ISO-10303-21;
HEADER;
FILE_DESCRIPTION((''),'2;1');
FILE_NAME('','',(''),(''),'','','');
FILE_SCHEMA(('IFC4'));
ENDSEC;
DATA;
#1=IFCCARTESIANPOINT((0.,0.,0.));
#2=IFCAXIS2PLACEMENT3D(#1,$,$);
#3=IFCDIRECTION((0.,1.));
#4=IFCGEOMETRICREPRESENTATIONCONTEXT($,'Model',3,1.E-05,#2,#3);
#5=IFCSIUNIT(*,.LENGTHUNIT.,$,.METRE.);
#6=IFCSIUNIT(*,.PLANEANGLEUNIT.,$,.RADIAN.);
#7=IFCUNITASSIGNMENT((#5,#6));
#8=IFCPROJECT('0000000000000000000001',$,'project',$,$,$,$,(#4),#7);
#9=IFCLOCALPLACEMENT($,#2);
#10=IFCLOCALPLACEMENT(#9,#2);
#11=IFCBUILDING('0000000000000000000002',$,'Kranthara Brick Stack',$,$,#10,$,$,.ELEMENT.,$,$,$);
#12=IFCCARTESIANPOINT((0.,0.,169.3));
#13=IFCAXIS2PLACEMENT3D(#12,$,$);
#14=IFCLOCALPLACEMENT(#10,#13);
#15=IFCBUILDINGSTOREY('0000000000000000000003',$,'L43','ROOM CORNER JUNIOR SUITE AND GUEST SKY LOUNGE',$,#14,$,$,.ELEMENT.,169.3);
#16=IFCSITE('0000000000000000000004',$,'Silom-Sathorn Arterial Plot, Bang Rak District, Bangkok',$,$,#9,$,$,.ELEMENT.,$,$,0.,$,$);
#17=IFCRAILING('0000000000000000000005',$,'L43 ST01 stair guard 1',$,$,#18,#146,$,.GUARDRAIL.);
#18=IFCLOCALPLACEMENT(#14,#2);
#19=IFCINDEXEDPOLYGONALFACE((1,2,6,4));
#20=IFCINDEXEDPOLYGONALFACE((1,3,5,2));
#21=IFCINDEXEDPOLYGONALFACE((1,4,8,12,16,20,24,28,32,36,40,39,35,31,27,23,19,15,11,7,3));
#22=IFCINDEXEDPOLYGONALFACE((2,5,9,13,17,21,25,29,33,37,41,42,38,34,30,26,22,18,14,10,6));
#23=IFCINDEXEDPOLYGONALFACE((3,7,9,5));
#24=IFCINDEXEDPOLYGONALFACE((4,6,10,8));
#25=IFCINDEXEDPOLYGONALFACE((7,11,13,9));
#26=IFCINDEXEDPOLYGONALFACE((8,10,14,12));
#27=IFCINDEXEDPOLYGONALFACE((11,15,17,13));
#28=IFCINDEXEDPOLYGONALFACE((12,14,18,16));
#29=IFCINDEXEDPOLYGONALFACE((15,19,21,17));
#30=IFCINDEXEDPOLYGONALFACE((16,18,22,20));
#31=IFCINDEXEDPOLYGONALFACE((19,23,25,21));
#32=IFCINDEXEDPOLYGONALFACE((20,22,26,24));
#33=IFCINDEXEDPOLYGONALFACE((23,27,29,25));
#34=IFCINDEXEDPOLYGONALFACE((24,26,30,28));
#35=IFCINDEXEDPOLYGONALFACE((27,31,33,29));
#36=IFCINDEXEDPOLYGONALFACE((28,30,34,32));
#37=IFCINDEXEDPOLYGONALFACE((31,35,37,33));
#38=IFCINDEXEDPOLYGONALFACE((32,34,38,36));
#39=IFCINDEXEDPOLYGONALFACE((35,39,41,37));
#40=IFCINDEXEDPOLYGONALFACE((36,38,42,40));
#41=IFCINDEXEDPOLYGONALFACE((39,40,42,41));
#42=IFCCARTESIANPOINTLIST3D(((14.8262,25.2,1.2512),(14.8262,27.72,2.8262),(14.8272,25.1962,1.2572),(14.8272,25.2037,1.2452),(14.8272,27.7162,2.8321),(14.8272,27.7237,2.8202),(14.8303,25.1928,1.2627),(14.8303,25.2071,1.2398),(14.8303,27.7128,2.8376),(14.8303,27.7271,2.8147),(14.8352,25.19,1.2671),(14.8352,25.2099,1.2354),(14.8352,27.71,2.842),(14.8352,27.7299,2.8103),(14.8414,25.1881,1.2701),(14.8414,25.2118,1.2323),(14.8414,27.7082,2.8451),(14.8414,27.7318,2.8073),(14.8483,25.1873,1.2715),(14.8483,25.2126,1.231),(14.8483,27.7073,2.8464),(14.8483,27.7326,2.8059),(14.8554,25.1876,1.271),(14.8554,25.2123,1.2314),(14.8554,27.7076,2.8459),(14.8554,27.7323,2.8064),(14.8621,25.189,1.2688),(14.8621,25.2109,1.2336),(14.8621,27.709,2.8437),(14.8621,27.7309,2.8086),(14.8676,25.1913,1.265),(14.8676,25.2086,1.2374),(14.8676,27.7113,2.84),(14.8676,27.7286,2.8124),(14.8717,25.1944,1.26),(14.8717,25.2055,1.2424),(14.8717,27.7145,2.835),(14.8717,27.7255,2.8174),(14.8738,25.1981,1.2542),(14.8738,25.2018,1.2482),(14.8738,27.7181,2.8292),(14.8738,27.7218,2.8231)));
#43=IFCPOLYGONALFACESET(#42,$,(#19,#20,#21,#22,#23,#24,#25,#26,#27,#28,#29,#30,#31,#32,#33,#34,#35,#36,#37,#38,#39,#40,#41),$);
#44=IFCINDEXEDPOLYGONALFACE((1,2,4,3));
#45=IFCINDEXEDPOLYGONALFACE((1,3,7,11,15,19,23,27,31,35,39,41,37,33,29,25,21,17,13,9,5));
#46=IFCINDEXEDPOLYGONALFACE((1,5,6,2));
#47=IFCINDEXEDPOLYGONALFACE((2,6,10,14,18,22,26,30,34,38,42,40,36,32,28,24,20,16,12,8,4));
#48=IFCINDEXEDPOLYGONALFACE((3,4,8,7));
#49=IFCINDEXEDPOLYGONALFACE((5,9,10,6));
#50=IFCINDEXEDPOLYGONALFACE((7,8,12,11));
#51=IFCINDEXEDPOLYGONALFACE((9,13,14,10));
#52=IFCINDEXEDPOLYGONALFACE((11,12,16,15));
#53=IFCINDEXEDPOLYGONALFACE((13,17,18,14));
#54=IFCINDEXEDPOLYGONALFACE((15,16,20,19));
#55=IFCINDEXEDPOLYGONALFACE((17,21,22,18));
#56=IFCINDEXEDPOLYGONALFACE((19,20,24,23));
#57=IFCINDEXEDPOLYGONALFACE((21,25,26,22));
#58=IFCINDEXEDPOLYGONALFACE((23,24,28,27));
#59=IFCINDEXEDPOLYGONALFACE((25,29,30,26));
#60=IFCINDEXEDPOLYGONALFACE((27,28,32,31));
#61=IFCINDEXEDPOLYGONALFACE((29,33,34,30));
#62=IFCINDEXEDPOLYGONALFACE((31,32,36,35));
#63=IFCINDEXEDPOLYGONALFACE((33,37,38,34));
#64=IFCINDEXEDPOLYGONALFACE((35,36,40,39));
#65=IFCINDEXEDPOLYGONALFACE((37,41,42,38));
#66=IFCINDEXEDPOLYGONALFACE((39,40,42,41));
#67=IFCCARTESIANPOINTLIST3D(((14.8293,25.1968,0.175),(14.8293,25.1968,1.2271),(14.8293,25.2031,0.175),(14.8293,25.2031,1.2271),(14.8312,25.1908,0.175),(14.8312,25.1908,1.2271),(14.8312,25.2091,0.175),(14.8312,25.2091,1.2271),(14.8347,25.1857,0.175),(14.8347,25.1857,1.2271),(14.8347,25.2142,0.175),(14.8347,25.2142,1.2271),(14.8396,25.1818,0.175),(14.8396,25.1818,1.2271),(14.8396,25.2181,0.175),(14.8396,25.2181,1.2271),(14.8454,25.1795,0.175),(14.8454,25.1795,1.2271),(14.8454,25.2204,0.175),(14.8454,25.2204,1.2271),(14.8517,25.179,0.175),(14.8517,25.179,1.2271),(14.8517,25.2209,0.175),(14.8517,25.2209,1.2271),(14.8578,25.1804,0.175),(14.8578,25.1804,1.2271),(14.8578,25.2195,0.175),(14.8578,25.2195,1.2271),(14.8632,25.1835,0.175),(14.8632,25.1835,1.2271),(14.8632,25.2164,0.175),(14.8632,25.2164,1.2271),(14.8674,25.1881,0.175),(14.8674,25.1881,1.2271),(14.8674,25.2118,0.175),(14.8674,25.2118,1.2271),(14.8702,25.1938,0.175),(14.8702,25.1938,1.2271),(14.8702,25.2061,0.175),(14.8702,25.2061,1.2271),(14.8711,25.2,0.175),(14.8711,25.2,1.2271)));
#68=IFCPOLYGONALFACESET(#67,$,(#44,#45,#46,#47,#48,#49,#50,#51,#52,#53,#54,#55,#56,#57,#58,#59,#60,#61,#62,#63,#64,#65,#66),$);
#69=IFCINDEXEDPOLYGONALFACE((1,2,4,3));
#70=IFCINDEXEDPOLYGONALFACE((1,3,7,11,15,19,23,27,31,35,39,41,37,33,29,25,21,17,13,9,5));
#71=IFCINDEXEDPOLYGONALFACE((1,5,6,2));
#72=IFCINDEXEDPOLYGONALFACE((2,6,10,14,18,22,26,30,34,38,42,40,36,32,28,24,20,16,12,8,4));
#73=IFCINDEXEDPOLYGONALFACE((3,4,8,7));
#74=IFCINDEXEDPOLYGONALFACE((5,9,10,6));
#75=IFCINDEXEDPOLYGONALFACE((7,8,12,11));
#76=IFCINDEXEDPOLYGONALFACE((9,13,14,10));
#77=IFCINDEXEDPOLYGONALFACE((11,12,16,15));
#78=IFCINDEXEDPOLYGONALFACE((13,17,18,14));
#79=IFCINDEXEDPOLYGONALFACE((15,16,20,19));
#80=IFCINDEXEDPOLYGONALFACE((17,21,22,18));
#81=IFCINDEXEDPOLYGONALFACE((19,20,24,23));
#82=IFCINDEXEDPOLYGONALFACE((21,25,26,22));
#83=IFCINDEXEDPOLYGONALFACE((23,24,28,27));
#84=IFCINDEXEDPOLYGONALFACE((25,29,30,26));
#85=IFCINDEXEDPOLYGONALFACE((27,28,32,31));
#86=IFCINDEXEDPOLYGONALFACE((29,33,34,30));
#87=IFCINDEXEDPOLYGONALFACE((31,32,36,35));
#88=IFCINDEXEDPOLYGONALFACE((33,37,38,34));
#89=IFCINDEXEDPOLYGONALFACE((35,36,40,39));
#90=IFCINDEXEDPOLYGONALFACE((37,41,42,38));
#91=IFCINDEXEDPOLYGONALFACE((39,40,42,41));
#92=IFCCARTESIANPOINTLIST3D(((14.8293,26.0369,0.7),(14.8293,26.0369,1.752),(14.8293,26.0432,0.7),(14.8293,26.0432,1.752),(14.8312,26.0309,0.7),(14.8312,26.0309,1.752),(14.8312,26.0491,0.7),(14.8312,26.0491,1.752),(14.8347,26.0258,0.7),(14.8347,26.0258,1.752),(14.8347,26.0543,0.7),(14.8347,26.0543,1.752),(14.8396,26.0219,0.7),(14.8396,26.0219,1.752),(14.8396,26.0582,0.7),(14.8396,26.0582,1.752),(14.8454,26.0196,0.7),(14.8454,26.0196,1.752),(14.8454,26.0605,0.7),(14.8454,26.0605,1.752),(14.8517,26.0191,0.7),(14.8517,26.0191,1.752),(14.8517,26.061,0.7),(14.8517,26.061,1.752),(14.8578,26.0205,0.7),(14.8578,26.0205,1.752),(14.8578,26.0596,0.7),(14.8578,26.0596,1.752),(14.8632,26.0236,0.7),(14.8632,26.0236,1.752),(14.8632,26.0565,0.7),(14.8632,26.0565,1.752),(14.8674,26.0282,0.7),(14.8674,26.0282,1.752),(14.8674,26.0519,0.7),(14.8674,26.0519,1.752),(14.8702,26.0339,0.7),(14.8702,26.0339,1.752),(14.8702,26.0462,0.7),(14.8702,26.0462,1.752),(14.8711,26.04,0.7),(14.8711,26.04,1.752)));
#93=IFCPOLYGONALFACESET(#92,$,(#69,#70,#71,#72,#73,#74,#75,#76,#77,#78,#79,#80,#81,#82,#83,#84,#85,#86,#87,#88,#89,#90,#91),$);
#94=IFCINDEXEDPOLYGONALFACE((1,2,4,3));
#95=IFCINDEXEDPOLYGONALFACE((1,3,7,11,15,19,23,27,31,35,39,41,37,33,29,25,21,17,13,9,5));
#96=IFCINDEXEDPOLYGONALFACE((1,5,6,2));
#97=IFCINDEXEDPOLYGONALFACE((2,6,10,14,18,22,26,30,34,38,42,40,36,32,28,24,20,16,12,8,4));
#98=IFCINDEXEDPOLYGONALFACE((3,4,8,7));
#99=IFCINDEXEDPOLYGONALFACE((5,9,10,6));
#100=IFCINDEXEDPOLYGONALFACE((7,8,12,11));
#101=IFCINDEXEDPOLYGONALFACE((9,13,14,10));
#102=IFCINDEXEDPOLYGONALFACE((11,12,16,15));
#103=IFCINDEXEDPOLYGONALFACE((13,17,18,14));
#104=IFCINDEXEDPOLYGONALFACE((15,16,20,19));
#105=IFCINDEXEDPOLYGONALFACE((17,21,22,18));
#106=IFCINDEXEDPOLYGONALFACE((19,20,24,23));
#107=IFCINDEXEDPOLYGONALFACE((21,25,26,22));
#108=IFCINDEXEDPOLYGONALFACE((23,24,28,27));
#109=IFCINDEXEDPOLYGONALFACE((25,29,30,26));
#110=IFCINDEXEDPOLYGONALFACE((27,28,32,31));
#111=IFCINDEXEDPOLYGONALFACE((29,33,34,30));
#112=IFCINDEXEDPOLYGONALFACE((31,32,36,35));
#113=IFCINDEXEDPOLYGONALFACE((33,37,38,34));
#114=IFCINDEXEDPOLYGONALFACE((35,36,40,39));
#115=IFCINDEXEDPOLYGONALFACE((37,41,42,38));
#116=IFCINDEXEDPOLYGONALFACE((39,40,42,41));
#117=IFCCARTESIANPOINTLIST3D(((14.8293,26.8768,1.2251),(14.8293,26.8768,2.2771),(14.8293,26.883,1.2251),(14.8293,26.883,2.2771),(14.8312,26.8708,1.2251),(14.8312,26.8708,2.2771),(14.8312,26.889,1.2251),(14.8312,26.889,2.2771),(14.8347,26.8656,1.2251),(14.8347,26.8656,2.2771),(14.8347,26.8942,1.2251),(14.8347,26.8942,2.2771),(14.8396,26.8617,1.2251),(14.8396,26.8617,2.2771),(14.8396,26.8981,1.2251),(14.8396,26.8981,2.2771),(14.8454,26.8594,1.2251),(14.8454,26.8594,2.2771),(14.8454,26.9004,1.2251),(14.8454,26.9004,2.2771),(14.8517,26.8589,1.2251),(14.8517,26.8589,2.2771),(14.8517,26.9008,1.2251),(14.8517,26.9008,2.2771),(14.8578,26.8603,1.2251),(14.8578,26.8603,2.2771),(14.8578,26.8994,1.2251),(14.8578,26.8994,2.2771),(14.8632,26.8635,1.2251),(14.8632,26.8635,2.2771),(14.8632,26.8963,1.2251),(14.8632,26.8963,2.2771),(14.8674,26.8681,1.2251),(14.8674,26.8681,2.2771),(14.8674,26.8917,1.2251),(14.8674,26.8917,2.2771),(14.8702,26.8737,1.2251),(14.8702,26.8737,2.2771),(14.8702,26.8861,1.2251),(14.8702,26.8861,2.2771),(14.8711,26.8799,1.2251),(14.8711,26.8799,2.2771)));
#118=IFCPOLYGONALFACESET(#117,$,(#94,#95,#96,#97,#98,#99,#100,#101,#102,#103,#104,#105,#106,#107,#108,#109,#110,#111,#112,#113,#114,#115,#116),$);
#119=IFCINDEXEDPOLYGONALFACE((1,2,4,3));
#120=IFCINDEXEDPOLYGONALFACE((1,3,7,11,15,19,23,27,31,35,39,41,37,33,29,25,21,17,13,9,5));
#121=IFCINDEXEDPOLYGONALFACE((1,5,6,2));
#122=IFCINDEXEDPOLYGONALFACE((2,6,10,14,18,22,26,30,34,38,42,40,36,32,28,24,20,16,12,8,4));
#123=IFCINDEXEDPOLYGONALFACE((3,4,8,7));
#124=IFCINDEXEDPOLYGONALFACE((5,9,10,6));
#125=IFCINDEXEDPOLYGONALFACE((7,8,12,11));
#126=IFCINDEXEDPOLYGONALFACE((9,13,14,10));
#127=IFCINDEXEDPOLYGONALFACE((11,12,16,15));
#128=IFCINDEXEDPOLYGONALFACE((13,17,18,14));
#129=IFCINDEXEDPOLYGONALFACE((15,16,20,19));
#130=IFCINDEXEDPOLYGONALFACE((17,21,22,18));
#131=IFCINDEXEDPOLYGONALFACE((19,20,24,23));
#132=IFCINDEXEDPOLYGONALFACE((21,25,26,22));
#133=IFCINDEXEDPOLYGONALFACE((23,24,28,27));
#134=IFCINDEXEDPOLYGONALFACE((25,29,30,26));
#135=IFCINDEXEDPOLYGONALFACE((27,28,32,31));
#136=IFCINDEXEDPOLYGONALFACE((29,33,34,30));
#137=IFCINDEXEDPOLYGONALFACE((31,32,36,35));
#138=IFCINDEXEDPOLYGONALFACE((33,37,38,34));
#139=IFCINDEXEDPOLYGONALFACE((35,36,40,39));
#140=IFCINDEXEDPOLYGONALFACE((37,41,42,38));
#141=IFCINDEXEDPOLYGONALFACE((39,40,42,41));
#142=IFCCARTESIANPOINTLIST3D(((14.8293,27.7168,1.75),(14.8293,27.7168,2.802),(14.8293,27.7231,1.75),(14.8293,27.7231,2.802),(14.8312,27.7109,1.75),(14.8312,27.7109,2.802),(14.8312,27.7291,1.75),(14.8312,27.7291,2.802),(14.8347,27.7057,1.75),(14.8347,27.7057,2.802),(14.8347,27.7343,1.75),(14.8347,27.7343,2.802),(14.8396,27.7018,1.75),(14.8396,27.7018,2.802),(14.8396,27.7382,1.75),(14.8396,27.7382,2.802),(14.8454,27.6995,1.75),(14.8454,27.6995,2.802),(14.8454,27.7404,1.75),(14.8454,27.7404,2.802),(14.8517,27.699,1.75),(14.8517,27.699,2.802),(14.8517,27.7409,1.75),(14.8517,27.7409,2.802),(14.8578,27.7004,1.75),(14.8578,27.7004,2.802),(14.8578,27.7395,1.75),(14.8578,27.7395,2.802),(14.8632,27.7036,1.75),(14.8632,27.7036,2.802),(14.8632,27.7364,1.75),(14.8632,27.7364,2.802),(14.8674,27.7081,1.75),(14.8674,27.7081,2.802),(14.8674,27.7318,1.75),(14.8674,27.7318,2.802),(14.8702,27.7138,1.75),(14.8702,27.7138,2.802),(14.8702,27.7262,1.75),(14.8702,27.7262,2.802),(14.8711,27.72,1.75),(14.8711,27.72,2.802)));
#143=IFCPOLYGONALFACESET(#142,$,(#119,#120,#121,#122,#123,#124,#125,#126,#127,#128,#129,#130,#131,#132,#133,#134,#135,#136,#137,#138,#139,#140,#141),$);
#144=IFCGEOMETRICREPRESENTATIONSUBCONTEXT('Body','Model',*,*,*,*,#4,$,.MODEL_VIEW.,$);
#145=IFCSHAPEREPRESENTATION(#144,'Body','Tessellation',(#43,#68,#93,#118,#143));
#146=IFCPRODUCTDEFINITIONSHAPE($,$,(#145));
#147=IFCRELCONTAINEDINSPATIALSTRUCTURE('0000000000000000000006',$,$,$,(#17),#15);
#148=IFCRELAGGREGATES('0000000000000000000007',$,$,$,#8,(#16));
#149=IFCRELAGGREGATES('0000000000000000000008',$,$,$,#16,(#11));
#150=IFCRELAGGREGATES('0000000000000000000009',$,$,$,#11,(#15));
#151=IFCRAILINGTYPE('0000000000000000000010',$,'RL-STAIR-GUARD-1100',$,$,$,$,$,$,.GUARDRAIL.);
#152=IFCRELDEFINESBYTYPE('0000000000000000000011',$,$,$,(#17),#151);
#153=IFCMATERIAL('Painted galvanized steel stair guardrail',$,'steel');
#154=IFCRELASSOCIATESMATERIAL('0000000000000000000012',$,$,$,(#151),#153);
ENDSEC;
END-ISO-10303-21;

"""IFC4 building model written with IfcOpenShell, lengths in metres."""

from ifc_helpers import new_model, si_unit, direction, frame, origin, origin_2d, place, context, subcontext, project, spatial, circle, extrude, material, type_object, element, save


model = new_model("IFC4")

# Units and contexts
model_context = context("Model", 3, precision=1e-05, world=origin(), true_north=direction((0.0, 1.0)))
body_context = subcontext(model_context, "Body", "Model", "MODEL_VIEW")
ifc_project = project(units=[si_unit("LENGTHUNIT", "METRE"), si_unit("PLANEANGLEUNIT", "RADIAN")], contexts=[model_context])

# Site, building, storey
site_placement = place(None, origin())
site = spatial("IfcSite", under=ifc_project, at=site_placement, Name="Silom-Sathorn Arterial Plot, Bang Rak District, Bangkok", CompositionType="ELEMENT", RefElevation=0.0)
building_placement = place(site_placement, origin())
building = spatial("IfcBuilding", under=site, at=building_placement, Name="Kranthara Brick Stack", CompositionType="ELEMENT")
storey_placement = place(building_placement, frame((0.0, 0.0, 169.3)))
storey = spatial("IfcBuildingStorey", under=building, at=storey_placement, Name="L43", Description="ROOM CORNER JUNIOR SUITE AND GUEST SKY LOUNGE", CompositionType="ELEMENT", Elevation=169.3)

# Railing
ifc_material_1 = material(Name="Painted galvanized steel stair guardrail", Category="steel")
railing_type_1 = type_object("IfcRailingType", Name="RL-STAIR-GUARD-1100", PredefinedType="GUARDRAIL", material=ifc_material_1)
railing_1_placement = place(storey_placement, frame((14.8501, 25.2, 0.175)))
element("IfcRailing", 1, at=railing_1_placement, inside=storey, type_object=railing_type_1, Name="L43 ST01 stair guard 1", PredefinedType="GUARDRAIL", context=body_context, shape_type="SweptSolid", body=[
    extrude(circle(Radius=0.0239, at=origin_2d()), frame((0.0, 0.0, 1.0762), z_axis=(0.0, 0.848008, 0.529984), x_axis=(-1.0, 0.0, 0.0)), (0.0, 0.0, 1.0), 2.9717),
    extrude(circle(Radius=0.021, at=origin_2d()), origin(), (0.0, 0.0, 1.0), 1.052),
    extrude(circle(Radius=0.021, at=origin_2d()), frame((0.0, 0.8401, 0.5249)), (0.0, 0.0, 1.0), 1.052),
    extrude(circle(Radius=0.021, at=origin_2d()), frame((0.0, 1.6799, 1.05)), (0.0, 0.0, 1.0), 1.052),
    extrude(circle(Radius=0.021, at=origin_2d()), frame((0.0, 2.52, 1.575)), (0.0, 0.0, 1.0), 1.052),
])

save(model, "model.ifc")
